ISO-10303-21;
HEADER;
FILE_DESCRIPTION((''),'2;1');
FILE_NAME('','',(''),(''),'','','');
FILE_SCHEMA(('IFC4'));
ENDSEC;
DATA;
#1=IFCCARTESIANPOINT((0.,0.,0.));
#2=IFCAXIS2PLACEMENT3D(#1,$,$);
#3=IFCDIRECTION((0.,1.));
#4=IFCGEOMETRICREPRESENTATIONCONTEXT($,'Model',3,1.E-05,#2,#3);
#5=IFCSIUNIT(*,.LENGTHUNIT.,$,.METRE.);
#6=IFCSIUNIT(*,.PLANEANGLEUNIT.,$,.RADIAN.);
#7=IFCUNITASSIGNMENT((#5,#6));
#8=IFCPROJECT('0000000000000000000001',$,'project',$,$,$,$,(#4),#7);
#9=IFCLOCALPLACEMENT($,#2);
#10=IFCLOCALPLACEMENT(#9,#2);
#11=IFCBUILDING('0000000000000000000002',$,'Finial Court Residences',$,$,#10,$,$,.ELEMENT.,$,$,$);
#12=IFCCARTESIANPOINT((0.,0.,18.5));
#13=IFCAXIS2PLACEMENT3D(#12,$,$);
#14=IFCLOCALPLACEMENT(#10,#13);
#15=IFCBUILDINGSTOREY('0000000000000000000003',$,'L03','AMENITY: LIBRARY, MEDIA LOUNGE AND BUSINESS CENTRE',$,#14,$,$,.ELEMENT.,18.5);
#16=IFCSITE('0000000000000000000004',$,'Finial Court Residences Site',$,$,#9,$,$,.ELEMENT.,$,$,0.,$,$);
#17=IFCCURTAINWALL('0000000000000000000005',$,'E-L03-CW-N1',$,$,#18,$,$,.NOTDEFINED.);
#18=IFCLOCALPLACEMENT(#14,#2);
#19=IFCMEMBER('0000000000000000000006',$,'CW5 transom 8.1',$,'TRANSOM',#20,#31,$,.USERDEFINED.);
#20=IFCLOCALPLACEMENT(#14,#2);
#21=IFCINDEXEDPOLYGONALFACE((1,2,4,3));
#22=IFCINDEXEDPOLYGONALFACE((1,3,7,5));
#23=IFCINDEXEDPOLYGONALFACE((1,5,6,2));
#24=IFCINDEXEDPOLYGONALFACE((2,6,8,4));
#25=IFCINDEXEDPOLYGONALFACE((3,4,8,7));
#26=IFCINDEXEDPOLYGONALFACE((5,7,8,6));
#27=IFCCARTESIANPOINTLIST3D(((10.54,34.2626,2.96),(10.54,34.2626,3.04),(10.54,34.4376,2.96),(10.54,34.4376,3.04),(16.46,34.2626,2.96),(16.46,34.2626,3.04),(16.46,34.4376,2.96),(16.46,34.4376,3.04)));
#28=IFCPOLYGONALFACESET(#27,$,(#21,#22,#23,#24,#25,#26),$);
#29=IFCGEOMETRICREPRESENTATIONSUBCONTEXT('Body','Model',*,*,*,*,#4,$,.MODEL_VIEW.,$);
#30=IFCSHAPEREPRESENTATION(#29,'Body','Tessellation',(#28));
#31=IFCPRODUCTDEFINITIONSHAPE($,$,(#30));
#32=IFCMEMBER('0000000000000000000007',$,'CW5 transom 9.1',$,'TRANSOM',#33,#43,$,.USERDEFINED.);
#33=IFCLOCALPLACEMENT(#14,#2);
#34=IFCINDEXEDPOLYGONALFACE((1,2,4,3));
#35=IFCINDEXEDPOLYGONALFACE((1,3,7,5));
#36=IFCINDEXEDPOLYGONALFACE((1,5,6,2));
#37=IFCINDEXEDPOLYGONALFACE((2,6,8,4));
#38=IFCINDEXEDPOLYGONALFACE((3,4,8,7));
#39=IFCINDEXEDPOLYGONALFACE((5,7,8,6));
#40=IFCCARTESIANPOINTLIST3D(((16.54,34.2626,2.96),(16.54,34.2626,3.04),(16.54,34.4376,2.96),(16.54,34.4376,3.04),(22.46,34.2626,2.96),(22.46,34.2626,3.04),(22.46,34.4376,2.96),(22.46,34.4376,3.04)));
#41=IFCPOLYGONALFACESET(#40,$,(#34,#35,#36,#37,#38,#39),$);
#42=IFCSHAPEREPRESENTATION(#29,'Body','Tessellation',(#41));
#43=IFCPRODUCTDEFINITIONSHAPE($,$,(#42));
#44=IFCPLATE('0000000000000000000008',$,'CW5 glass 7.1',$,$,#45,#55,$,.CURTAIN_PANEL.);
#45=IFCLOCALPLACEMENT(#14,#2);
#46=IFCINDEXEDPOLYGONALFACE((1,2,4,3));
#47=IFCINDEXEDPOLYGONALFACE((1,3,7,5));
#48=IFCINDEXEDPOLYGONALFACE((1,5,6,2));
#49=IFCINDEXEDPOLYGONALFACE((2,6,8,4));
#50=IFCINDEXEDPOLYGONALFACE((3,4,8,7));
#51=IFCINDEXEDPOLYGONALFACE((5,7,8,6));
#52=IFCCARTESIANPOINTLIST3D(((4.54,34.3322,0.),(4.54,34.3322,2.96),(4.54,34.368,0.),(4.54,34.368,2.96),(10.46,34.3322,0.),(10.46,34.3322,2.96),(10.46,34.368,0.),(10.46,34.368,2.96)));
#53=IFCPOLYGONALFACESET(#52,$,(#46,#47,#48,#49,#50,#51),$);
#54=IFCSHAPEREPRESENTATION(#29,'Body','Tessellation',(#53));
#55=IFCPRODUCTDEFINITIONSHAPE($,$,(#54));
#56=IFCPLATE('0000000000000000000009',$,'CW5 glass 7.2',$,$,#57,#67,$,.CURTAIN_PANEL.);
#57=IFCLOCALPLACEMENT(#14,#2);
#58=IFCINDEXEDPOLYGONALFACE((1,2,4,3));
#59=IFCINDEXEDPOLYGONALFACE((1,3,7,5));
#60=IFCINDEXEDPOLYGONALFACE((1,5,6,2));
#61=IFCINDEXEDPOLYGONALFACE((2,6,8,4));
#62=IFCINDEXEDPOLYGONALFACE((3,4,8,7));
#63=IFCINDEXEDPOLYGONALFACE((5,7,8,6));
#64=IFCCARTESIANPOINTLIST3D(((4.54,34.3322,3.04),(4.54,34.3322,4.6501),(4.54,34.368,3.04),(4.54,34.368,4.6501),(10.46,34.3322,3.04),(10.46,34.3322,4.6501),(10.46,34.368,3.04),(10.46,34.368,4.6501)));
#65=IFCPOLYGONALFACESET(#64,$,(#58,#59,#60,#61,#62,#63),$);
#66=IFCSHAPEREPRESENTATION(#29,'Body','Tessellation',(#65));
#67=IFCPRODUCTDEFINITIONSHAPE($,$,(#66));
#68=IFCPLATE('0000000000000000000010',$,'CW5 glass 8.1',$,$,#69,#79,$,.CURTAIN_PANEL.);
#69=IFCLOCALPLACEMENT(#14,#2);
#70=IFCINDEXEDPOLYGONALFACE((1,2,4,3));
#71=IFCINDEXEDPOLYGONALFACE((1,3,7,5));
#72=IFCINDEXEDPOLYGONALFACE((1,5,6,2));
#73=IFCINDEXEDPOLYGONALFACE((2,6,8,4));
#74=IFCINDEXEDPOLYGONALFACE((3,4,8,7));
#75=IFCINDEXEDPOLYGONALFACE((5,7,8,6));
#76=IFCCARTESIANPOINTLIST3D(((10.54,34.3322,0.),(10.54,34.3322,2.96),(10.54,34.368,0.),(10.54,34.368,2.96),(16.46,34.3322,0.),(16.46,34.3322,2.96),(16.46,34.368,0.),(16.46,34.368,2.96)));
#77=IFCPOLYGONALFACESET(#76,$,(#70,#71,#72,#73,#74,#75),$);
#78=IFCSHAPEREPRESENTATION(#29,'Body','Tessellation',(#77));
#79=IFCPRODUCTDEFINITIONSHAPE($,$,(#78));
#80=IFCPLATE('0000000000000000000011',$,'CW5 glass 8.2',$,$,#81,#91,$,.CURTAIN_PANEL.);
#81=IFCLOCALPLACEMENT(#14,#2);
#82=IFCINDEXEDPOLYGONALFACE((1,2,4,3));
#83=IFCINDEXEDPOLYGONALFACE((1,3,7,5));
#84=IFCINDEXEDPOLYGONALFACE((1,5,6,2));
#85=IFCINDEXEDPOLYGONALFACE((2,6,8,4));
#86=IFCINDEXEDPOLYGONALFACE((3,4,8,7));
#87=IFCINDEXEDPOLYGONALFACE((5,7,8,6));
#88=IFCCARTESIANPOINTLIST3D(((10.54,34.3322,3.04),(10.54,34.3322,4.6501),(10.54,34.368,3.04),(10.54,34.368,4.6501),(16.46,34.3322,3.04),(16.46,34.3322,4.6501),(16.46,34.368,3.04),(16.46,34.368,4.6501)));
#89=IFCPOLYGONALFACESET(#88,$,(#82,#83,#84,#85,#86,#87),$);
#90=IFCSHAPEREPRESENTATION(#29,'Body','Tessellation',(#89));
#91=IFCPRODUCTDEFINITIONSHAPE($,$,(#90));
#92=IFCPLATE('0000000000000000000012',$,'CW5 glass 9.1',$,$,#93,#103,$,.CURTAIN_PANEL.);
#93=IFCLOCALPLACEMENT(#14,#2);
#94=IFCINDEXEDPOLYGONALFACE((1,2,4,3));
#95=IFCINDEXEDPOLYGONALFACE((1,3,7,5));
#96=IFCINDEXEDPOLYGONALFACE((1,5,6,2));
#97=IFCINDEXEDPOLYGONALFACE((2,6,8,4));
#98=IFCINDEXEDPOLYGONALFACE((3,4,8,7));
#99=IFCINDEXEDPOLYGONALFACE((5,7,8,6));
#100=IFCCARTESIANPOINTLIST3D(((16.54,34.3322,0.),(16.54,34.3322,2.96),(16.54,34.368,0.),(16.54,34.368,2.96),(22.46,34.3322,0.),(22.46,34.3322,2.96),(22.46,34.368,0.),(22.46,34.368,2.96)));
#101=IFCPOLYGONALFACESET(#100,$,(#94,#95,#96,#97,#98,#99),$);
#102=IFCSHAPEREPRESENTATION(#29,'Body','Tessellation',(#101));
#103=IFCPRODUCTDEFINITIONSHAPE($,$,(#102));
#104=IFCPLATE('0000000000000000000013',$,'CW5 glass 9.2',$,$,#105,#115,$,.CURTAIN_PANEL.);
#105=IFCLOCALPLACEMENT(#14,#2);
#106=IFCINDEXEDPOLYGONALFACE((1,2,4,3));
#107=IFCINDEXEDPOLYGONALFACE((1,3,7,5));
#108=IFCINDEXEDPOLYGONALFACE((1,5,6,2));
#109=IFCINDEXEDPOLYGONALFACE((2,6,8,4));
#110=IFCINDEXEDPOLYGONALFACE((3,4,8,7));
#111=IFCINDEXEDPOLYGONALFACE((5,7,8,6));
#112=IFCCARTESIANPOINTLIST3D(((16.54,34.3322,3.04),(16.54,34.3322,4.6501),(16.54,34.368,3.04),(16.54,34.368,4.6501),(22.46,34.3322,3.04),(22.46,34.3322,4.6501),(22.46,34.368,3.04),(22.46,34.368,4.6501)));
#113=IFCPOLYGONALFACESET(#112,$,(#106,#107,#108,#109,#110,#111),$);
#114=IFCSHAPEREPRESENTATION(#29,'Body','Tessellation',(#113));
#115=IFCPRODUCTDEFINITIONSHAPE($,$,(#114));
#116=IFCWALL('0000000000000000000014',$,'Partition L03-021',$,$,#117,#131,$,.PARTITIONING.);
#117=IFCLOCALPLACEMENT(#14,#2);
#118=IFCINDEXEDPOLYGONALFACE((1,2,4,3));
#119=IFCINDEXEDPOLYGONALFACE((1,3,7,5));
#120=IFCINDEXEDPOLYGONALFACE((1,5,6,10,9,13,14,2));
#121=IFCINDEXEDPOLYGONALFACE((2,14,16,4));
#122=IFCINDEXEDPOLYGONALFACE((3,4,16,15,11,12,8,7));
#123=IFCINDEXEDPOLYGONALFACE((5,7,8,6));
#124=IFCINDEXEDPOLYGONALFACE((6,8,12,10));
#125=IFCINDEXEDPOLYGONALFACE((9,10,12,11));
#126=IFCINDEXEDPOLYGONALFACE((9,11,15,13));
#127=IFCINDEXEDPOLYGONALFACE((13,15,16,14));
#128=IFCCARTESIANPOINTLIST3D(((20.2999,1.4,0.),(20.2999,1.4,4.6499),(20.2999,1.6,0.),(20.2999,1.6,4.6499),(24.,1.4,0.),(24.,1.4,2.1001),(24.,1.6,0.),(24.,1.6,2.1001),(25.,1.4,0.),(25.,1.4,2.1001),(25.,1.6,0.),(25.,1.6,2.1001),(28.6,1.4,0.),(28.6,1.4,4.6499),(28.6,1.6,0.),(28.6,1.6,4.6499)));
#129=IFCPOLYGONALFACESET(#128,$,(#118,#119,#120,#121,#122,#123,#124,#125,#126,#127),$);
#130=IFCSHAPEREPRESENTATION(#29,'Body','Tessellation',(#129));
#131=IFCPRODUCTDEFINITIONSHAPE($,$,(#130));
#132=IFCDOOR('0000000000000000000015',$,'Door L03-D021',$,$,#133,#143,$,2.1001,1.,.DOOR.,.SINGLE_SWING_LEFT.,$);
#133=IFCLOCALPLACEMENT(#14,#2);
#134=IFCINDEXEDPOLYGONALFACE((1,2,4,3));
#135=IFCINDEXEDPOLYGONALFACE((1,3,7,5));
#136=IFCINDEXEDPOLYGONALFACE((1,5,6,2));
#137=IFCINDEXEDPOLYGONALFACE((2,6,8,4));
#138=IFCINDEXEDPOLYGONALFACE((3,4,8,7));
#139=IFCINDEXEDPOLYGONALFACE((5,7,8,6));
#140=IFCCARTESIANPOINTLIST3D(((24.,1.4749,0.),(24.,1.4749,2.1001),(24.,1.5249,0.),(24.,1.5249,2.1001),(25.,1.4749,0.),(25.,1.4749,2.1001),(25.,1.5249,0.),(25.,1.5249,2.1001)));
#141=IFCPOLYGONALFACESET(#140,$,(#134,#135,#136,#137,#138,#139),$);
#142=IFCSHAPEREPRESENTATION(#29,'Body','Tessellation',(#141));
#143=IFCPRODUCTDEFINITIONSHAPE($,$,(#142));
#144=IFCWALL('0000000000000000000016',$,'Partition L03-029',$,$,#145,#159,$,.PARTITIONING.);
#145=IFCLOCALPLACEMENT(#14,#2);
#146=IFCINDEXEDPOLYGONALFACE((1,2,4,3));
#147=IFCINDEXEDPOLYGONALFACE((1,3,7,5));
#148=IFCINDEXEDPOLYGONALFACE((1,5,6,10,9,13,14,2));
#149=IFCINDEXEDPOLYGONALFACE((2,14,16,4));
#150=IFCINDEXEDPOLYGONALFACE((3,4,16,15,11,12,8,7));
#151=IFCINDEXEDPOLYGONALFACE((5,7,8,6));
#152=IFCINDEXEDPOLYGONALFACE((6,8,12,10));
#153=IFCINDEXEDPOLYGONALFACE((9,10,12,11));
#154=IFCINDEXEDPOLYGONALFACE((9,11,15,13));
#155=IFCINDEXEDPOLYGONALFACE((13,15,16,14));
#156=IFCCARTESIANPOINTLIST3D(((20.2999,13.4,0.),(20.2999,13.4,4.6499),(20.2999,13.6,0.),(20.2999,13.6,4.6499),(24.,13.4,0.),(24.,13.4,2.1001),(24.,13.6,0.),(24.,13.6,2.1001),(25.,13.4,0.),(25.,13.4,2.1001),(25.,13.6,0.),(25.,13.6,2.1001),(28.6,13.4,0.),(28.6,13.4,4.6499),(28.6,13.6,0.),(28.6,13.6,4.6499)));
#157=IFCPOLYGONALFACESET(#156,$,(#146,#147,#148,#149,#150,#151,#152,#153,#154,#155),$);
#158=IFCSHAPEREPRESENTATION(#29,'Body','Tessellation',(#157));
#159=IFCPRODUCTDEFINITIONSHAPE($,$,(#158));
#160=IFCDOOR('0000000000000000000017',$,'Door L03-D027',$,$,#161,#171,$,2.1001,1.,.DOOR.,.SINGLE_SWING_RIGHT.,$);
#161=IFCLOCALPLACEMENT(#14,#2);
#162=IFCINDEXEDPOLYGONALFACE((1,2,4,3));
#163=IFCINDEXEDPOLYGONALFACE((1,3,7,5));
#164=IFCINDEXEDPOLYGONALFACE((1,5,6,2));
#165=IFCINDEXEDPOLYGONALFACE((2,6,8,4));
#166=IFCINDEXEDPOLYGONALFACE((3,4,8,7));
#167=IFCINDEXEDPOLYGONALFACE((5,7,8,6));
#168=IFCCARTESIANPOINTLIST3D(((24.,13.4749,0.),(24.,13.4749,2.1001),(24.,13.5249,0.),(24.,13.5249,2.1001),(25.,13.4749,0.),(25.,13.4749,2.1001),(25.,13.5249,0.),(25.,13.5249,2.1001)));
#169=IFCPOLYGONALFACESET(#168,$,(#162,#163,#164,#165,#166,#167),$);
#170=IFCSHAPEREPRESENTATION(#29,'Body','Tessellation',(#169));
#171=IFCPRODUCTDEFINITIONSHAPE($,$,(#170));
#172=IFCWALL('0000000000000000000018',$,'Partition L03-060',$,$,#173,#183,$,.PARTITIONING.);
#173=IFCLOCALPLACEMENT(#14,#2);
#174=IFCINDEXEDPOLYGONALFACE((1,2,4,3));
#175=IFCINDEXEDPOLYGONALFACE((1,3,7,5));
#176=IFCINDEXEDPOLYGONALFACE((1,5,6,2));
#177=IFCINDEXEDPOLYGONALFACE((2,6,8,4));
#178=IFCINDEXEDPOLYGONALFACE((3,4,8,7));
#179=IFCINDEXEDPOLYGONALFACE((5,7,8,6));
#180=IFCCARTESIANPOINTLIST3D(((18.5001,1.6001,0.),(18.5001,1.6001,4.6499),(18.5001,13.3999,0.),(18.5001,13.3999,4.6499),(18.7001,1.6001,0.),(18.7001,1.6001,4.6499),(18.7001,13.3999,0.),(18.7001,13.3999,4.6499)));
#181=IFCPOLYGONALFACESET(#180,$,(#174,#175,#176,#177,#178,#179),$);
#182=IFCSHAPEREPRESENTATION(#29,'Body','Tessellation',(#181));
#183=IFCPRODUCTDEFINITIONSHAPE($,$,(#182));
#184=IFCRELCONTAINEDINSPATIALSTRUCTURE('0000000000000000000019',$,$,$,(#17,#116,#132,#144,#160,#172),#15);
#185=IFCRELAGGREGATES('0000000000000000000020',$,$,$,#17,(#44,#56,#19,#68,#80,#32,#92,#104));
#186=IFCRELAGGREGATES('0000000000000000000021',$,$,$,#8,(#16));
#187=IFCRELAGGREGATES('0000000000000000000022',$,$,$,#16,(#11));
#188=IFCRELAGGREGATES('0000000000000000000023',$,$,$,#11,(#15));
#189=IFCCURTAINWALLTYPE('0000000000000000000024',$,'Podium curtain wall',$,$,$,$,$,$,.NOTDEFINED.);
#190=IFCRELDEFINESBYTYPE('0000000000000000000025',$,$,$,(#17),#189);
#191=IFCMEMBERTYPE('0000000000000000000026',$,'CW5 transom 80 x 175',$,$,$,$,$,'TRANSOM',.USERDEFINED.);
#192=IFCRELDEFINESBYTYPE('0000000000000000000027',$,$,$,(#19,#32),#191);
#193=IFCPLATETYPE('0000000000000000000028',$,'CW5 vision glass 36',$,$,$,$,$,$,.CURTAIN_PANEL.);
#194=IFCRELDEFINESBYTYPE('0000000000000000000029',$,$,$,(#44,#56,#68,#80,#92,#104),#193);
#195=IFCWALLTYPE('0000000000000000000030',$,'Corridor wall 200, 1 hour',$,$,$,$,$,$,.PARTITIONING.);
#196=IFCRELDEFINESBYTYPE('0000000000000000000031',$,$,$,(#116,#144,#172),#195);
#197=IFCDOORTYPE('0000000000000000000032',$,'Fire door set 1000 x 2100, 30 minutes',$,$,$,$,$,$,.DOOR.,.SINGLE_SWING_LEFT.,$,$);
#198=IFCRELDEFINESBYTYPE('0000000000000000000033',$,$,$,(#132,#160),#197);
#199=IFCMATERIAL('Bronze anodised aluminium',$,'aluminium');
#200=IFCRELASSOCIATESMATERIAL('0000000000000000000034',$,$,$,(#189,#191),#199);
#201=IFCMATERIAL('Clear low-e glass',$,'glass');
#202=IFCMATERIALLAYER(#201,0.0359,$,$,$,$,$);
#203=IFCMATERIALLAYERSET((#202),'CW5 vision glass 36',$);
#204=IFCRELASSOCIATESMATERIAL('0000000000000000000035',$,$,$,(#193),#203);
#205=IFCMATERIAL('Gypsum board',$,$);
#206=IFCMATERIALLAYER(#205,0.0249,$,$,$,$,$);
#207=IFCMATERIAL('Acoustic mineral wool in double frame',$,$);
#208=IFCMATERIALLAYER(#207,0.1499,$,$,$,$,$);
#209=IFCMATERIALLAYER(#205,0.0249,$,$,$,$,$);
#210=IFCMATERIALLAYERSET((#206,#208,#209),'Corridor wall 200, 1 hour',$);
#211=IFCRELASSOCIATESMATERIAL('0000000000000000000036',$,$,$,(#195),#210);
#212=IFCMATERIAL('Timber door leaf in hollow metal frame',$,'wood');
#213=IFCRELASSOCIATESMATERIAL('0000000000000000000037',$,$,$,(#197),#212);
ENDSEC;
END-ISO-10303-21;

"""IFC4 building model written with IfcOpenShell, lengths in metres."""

from ifc_helpers import new_model, si_unit, direction, frame, frame_2d, origin, origin_2d, place, context, subcontext, project, spatial, rectangle, extrude, material, layer, layer_set, material_profile, profile_set, type_object, element, fill, aggregate, save


model = new_model("IFC4")

# Units and contexts
model_context = context("Model", 3, precision=1e-05, world=origin(), true_north=direction((0.0, 1.0)))
body_context = subcontext(model_context, "Body", "Model", "MODEL_VIEW")
ifc_project = project(units=[si_unit("LENGTHUNIT", "METRE"), si_unit("PLANEANGLEUNIT", "RADIAN")], contexts=[model_context])

# Site, building, storey
site_placement = place(None, origin())
site = spatial("IfcSite", under=ifc_project, at=site_placement, Name="Finial Court Residences Site", CompositionType="ELEMENT", RefElevation=0.0)
building_placement = place(site_placement, origin())
building = spatial("IfcBuilding", under=site, at=building_placement, Name="Finial Court Residences", CompositionType="ELEMENT")
storey_placement = place(building_placement, frame((0.0, 0.0, 18.5)))
storey = spatial("IfcBuildingStorey", under=building, at=storey_placement, Name="L03", Description="AMENITY: LIBRARY, MEDIA LOUNGE AND BUSINESS CENTRE", CompositionType="ELEMENT", Elevation=18.5)

# Curtain wall, members, plates
ifc_material_1 = material(Name="Bronze anodised aluminium", Category="aluminium")
curtain_wall_type = type_object("IfcCurtainWallType", Name="Podium curtain wall", PredefinedType="NOTDEFINED", material=ifc_material_1)
curtain_wall_placement = place(storey_placement, origin())
curtain_wall = element("IfcCurtainWall", 1, at=curtain_wall_placement, inside=storey, type_object=curtain_wall_type, Name="E-L03-CW-N1", PredefinedType="NOTDEFINED")
ifc_material_profile_1 = material_profile(ifc_material_1, rectangle(XDim=0.175, YDim=0.0801, at=origin_2d()), Name="CW5 transom 80 x 175")
ifc_profile_set_1 = profile_set([ifc_material_profile_1], Name="Bronze anodised aluminium")
member_type_1 = type_object("IfcMemberType", Name="CW5 transom 80 x 175", ElementType="TRANSOM", PredefinedType="USERDEFINED", material=ifc_profile_set_1)
member_1_placement = place(storey_placement, frame((10.54, 34.3501, 3.0), z_axis=(1.0, 0.0, 0.0), x_axis=(0.0, 1.0, 0.0)))
member_1 = element("IfcMember", 2, at=member_1_placement, type_object=member_type_1, Name="CW5 transom 8.1", ObjectType="TRANSOM", PredefinedType="USERDEFINED", context=body_context, shape_type="SweptSolid", body=[
    extrude(rectangle(XDim=0.175, YDim=0.0801, at=origin_2d()), origin(), (0.0, 0.0, 1.0), 5.9199),
])
member_2_placement = place(storey_placement, frame((16.54, 34.3501, 3.0), z_axis=(1.0, 0.0, 0.0), x_axis=(0.0, 1.0, 0.0)))
member_2 = element("IfcMember", 3, at=member_2_placement, type_object=member_type_1, Name="CW5 transom 9.1", ObjectType="TRANSOM", PredefinedType="USERDEFINED", context=body_context, shape_type="SweptSolid", body=[
    extrude(rectangle(XDim=0.175, YDim=0.0801, at=origin_2d()), origin(), (0.0, 0.0, 1.0), 5.9199),
])
ifc_material_2 = material(Name="Clear low-e glass", Category="glass")
ifc_layer_1 = layer(ifc_material_2, 0.0359)
ifc_layer_set_1 = layer_set([ifc_layer_1], Name="CW5 vision glass 36")
plate_type = type_object("IfcPlateType", Name="CW5 vision glass 36", PredefinedType="CURTAIN_PANEL", material=ifc_layer_set_1)
plate_1_placement = place(storey_placement, frame((7.5, 34.3501, 0.0), z_axis=(0.0, 0.0, 1.0), x_axis=(1.0, 0.0, 0.0)))
plate_1 = element("IfcPlate", 4, at=plate_1_placement, type_object=plate_type, Name="CW5 glass 7.1", PredefinedType="CURTAIN_PANEL", context=body_context, shape_type="SweptSolid", body=[
    extrude(rectangle(XDim=5.9199, YDim=0.0359, at=origin_2d()), origin(), (0.0, 0.0, 1.0), 2.96),
])
plate_2_placement = place(storey_placement, frame((7.5, 34.3501, 3.04), z_axis=(0.0, 0.0, 1.0), x_axis=(1.0, 0.0, 0.0)))
plate_2 = element("IfcPlate", 5, at=plate_2_placement, type_object=plate_type, Name="CW5 glass 7.2", PredefinedType="CURTAIN_PANEL", context=body_context, shape_type="SweptSolid", body=[
    extrude(rectangle(XDim=5.9199, YDim=0.0359, at=origin_2d()), origin(), (0.0, 0.0, 1.0), 1.6101),
])
plate_3_placement = place(storey_placement, frame((13.5, 34.3501, 0.0), z_axis=(0.0, 0.0, 1.0), x_axis=(1.0, 0.0, 0.0)))
plate_3 = element("IfcPlate", 6, at=plate_3_placement, type_object=plate_type, Name="CW5 glass 8.1", PredefinedType="CURTAIN_PANEL", context=body_context, shape_type="SweptSolid", body=[
    extrude(rectangle(XDim=5.9199, YDim=0.0359, at=origin_2d()), origin(), (0.0, 0.0, 1.0), 2.96),
])
plate_4_placement = place(storey_placement, frame((13.5, 34.3501, 3.04), z_axis=(0.0, 0.0, 1.0), x_axis=(1.0, 0.0, 0.0)))
plate_4 = element("IfcPlate", 7, at=plate_4_placement, type_object=plate_type, Name="CW5 glass 8.2", PredefinedType="CURTAIN_PANEL", context=body_context, shape_type="SweptSolid", body=[
    extrude(rectangle(XDim=5.9199, YDim=0.0359, at=origin_2d()), origin(), (0.0, 0.0, 1.0), 1.6101),
])
plate_5_placement = place(storey_placement, frame((19.5, 34.3501, 0.0), z_axis=(0.0, 0.0, 1.0), x_axis=(1.0, 0.0, 0.0)))
plate_5 = element("IfcPlate", 8, at=plate_5_placement, type_object=plate_type, Name="CW5 glass 9.1", PredefinedType="CURTAIN_PANEL", context=body_context, shape_type="SweptSolid", body=[
    extrude(rectangle(XDim=5.9199, YDim=0.0359, at=origin_2d()), origin(), (0.0, 0.0, 1.0), 2.96),
])
plate_6_placement = place(storey_placement, frame((19.5, 34.3501, 3.04), z_axis=(0.0, 0.0, 1.0), x_axis=(1.0, 0.0, 0.0)))
plate_6 = element("IfcPlate", 9, at=plate_6_placement, type_object=plate_type, Name="CW5 glass 9.2", PredefinedType="CURTAIN_PANEL", context=body_context, shape_type="SweptSolid", body=[
    extrude(rectangle(XDim=5.9199, YDim=0.0359, at=origin_2d()), origin(), (0.0, 0.0, 1.0), 1.6101),
])
aggregate(curtain_wall, [plate_1, plate_2, member_1, plate_3, plate_4, member_2, plate_5, plate_6])

# Walls, openings, doors
ifc_material_3 = material(Name="Gypsum board")
ifc_layer_2 = layer(ifc_material_3, 0.0249)
ifc_material_4 = material(Name="Acoustic mineral wool in double frame")
ifc_layer_3 = layer(ifc_material_4, 0.1499)
ifc_layer_4 = layer(ifc_material_3, 0.0249)
ifc_layer_set_2 = layer_set([ifc_layer_2, ifc_layer_3, ifc_layer_4], Name="Corridor wall 200, 1 hour")
wall_type_1 = type_object("IfcWallType", Name="Corridor wall 200, 1 hour", PredefinedType="PARTITIONING", material=ifc_layer_set_2)
wall_1_placement = place(storey_placement, frame((20.3, 1.5, 0.0), z_axis=(0.0, 0.0, 1.0), x_axis=(1.0, 0.0, 0.0)))
wall_1 = element("IfcWall", 10, at=wall_1_placement, inside=storey, type_object=wall_type_1, Name="Partition L03-021", PredefinedType="PARTITIONING", context=body_context, shape_type="SweptSolid", body=[
    extrude(rectangle(XDim=8.3, YDim=0.2, at=frame_2d((4.1499, 0.0))), origin(), (0.0, 0.0, 1.0), 4.6499),
])
opening_1_placement = place(wall_1_placement, frame((3.7, 0.0, 0.0)))
opening_1 = element("IfcOpeningElement", 11, at=opening_1_placement, cuts=wall_1, PredefinedType="OPENING", context=body_context, shape_type="SweptSolid", body=[
    extrude(rectangle(XDim=1.0, YDim=2.1001, at=frame_2d((0.5, 1.05))), frame((0.0, 0.1099, 0.0), z_axis=(0.0, -1.0, 0.0), x_axis=(1.0, 0.0, 0.0)), (0.0, 0.0, 1.0), 0.22),
])
ifc_material_5 = material(Name="Timber door leaf in hollow metal frame", Category="wood")
door_type = type_object("IfcDoorType", Name="Fire door set 1000 x 2100, 30 minutes", OperationType="SINGLE_SWING_LEFT", PredefinedType="DOOR", material=ifc_material_5)
door_1_placement = place(opening_1_placement, origin())
door_1 = element("IfcDoor", 12, at=door_1_placement, inside=storey, type_object=door_type, Name="Door L03-D021", OperationType="SINGLE_SWING_LEFT", OverallHeight=2.1001, OverallWidth=1.0, PredefinedType="DOOR", context=body_context, shape_type="SweptSolid", body=[
    extrude(rectangle(XDim=1.0, YDim=2.1001, at=frame_2d((0.5, 1.05))), frame((0.0, 0.0249, 0.0), z_axis=(0.0, -1.0, 0.0), x_axis=(1.0, 0.0, 0.0)), (0.0, 0.0, 1.0), 0.05),
])
fill(opening_1, door_1)
wall_2_placement = place(storey_placement, frame((20.3, 13.5, 0.0), z_axis=(0.0, 0.0, 1.0), x_axis=(1.0, 0.0, 0.0)))
wall_2 = element("IfcWall", 13, at=wall_2_placement, inside=storey, type_object=wall_type_1, Name="Partition L03-029", PredefinedType="PARTITIONING", context=body_context, shape_type="SweptSolid", body=[
    extrude(rectangle(XDim=8.3, YDim=0.2, at=frame_2d((4.1499, 0.0))), origin(), (0.0, 0.0, 1.0), 4.6499),
])
opening_2_placement = place(wall_2_placement, frame((3.7, 0.0, 0.0)))
opening_2 = element("IfcOpeningElement", 14, at=opening_2_placement, cuts=wall_2, PredefinedType="OPENING", context=body_context, shape_type="SweptSolid", body=[
    extrude(rectangle(XDim=1.0, YDim=2.1001, at=frame_2d((0.5, 1.05))), frame((0.0, 0.1099, 0.0), z_axis=(0.0, -1.0, 0.0), x_axis=(1.0, 0.0, 0.0)), (0.0, 0.0, 1.0), 0.22),
])
door_2_placement = place(opening_2_placement, origin())
door_2 = element("IfcDoor", 15, at=door_2_placement, inside=storey, type_object=door_type, Name="Door L03-D027", OperationType="SINGLE_SWING_RIGHT", OverallHeight=2.1001, OverallWidth=1.0, PredefinedType="DOOR", context=body_context, shape_type="SweptSolid", body=[
    extrude(rectangle(XDim=1.0, YDim=2.1001, at=frame_2d((0.5, 1.05))), frame((0.0, 0.0249, 0.0), z_axis=(0.0, -1.0, 0.0), x_axis=(1.0, 0.0, 0.0)), (0.0, 0.0, 1.0), 0.05),
])
fill(opening_2, door_2)

# Wall
for number, where, z_axis, x_axis, name in (
    (16, (18.6001, 1.6001, 0.0), (0.0, 0.0, 1.0), (0.0, 1.0, 0.0), "Partition L03-060"),
):
    element("IfcWall", number, at=place(storey_placement, frame(where, z_axis=z_axis, x_axis=x_axis)), inside=storey, type_object=wall_type_1, Name=name, PredefinedType="PARTITIONING", context=body_context, shape_type="SweptSolid", body=[
        extrude(rectangle(XDim=11.7998, YDim=0.2, at=frame_2d((5.8999, 0.0))), origin(), (0.0, 0.0, 1.0), 4.6499),
    ])

save(model, "model.ifc")
